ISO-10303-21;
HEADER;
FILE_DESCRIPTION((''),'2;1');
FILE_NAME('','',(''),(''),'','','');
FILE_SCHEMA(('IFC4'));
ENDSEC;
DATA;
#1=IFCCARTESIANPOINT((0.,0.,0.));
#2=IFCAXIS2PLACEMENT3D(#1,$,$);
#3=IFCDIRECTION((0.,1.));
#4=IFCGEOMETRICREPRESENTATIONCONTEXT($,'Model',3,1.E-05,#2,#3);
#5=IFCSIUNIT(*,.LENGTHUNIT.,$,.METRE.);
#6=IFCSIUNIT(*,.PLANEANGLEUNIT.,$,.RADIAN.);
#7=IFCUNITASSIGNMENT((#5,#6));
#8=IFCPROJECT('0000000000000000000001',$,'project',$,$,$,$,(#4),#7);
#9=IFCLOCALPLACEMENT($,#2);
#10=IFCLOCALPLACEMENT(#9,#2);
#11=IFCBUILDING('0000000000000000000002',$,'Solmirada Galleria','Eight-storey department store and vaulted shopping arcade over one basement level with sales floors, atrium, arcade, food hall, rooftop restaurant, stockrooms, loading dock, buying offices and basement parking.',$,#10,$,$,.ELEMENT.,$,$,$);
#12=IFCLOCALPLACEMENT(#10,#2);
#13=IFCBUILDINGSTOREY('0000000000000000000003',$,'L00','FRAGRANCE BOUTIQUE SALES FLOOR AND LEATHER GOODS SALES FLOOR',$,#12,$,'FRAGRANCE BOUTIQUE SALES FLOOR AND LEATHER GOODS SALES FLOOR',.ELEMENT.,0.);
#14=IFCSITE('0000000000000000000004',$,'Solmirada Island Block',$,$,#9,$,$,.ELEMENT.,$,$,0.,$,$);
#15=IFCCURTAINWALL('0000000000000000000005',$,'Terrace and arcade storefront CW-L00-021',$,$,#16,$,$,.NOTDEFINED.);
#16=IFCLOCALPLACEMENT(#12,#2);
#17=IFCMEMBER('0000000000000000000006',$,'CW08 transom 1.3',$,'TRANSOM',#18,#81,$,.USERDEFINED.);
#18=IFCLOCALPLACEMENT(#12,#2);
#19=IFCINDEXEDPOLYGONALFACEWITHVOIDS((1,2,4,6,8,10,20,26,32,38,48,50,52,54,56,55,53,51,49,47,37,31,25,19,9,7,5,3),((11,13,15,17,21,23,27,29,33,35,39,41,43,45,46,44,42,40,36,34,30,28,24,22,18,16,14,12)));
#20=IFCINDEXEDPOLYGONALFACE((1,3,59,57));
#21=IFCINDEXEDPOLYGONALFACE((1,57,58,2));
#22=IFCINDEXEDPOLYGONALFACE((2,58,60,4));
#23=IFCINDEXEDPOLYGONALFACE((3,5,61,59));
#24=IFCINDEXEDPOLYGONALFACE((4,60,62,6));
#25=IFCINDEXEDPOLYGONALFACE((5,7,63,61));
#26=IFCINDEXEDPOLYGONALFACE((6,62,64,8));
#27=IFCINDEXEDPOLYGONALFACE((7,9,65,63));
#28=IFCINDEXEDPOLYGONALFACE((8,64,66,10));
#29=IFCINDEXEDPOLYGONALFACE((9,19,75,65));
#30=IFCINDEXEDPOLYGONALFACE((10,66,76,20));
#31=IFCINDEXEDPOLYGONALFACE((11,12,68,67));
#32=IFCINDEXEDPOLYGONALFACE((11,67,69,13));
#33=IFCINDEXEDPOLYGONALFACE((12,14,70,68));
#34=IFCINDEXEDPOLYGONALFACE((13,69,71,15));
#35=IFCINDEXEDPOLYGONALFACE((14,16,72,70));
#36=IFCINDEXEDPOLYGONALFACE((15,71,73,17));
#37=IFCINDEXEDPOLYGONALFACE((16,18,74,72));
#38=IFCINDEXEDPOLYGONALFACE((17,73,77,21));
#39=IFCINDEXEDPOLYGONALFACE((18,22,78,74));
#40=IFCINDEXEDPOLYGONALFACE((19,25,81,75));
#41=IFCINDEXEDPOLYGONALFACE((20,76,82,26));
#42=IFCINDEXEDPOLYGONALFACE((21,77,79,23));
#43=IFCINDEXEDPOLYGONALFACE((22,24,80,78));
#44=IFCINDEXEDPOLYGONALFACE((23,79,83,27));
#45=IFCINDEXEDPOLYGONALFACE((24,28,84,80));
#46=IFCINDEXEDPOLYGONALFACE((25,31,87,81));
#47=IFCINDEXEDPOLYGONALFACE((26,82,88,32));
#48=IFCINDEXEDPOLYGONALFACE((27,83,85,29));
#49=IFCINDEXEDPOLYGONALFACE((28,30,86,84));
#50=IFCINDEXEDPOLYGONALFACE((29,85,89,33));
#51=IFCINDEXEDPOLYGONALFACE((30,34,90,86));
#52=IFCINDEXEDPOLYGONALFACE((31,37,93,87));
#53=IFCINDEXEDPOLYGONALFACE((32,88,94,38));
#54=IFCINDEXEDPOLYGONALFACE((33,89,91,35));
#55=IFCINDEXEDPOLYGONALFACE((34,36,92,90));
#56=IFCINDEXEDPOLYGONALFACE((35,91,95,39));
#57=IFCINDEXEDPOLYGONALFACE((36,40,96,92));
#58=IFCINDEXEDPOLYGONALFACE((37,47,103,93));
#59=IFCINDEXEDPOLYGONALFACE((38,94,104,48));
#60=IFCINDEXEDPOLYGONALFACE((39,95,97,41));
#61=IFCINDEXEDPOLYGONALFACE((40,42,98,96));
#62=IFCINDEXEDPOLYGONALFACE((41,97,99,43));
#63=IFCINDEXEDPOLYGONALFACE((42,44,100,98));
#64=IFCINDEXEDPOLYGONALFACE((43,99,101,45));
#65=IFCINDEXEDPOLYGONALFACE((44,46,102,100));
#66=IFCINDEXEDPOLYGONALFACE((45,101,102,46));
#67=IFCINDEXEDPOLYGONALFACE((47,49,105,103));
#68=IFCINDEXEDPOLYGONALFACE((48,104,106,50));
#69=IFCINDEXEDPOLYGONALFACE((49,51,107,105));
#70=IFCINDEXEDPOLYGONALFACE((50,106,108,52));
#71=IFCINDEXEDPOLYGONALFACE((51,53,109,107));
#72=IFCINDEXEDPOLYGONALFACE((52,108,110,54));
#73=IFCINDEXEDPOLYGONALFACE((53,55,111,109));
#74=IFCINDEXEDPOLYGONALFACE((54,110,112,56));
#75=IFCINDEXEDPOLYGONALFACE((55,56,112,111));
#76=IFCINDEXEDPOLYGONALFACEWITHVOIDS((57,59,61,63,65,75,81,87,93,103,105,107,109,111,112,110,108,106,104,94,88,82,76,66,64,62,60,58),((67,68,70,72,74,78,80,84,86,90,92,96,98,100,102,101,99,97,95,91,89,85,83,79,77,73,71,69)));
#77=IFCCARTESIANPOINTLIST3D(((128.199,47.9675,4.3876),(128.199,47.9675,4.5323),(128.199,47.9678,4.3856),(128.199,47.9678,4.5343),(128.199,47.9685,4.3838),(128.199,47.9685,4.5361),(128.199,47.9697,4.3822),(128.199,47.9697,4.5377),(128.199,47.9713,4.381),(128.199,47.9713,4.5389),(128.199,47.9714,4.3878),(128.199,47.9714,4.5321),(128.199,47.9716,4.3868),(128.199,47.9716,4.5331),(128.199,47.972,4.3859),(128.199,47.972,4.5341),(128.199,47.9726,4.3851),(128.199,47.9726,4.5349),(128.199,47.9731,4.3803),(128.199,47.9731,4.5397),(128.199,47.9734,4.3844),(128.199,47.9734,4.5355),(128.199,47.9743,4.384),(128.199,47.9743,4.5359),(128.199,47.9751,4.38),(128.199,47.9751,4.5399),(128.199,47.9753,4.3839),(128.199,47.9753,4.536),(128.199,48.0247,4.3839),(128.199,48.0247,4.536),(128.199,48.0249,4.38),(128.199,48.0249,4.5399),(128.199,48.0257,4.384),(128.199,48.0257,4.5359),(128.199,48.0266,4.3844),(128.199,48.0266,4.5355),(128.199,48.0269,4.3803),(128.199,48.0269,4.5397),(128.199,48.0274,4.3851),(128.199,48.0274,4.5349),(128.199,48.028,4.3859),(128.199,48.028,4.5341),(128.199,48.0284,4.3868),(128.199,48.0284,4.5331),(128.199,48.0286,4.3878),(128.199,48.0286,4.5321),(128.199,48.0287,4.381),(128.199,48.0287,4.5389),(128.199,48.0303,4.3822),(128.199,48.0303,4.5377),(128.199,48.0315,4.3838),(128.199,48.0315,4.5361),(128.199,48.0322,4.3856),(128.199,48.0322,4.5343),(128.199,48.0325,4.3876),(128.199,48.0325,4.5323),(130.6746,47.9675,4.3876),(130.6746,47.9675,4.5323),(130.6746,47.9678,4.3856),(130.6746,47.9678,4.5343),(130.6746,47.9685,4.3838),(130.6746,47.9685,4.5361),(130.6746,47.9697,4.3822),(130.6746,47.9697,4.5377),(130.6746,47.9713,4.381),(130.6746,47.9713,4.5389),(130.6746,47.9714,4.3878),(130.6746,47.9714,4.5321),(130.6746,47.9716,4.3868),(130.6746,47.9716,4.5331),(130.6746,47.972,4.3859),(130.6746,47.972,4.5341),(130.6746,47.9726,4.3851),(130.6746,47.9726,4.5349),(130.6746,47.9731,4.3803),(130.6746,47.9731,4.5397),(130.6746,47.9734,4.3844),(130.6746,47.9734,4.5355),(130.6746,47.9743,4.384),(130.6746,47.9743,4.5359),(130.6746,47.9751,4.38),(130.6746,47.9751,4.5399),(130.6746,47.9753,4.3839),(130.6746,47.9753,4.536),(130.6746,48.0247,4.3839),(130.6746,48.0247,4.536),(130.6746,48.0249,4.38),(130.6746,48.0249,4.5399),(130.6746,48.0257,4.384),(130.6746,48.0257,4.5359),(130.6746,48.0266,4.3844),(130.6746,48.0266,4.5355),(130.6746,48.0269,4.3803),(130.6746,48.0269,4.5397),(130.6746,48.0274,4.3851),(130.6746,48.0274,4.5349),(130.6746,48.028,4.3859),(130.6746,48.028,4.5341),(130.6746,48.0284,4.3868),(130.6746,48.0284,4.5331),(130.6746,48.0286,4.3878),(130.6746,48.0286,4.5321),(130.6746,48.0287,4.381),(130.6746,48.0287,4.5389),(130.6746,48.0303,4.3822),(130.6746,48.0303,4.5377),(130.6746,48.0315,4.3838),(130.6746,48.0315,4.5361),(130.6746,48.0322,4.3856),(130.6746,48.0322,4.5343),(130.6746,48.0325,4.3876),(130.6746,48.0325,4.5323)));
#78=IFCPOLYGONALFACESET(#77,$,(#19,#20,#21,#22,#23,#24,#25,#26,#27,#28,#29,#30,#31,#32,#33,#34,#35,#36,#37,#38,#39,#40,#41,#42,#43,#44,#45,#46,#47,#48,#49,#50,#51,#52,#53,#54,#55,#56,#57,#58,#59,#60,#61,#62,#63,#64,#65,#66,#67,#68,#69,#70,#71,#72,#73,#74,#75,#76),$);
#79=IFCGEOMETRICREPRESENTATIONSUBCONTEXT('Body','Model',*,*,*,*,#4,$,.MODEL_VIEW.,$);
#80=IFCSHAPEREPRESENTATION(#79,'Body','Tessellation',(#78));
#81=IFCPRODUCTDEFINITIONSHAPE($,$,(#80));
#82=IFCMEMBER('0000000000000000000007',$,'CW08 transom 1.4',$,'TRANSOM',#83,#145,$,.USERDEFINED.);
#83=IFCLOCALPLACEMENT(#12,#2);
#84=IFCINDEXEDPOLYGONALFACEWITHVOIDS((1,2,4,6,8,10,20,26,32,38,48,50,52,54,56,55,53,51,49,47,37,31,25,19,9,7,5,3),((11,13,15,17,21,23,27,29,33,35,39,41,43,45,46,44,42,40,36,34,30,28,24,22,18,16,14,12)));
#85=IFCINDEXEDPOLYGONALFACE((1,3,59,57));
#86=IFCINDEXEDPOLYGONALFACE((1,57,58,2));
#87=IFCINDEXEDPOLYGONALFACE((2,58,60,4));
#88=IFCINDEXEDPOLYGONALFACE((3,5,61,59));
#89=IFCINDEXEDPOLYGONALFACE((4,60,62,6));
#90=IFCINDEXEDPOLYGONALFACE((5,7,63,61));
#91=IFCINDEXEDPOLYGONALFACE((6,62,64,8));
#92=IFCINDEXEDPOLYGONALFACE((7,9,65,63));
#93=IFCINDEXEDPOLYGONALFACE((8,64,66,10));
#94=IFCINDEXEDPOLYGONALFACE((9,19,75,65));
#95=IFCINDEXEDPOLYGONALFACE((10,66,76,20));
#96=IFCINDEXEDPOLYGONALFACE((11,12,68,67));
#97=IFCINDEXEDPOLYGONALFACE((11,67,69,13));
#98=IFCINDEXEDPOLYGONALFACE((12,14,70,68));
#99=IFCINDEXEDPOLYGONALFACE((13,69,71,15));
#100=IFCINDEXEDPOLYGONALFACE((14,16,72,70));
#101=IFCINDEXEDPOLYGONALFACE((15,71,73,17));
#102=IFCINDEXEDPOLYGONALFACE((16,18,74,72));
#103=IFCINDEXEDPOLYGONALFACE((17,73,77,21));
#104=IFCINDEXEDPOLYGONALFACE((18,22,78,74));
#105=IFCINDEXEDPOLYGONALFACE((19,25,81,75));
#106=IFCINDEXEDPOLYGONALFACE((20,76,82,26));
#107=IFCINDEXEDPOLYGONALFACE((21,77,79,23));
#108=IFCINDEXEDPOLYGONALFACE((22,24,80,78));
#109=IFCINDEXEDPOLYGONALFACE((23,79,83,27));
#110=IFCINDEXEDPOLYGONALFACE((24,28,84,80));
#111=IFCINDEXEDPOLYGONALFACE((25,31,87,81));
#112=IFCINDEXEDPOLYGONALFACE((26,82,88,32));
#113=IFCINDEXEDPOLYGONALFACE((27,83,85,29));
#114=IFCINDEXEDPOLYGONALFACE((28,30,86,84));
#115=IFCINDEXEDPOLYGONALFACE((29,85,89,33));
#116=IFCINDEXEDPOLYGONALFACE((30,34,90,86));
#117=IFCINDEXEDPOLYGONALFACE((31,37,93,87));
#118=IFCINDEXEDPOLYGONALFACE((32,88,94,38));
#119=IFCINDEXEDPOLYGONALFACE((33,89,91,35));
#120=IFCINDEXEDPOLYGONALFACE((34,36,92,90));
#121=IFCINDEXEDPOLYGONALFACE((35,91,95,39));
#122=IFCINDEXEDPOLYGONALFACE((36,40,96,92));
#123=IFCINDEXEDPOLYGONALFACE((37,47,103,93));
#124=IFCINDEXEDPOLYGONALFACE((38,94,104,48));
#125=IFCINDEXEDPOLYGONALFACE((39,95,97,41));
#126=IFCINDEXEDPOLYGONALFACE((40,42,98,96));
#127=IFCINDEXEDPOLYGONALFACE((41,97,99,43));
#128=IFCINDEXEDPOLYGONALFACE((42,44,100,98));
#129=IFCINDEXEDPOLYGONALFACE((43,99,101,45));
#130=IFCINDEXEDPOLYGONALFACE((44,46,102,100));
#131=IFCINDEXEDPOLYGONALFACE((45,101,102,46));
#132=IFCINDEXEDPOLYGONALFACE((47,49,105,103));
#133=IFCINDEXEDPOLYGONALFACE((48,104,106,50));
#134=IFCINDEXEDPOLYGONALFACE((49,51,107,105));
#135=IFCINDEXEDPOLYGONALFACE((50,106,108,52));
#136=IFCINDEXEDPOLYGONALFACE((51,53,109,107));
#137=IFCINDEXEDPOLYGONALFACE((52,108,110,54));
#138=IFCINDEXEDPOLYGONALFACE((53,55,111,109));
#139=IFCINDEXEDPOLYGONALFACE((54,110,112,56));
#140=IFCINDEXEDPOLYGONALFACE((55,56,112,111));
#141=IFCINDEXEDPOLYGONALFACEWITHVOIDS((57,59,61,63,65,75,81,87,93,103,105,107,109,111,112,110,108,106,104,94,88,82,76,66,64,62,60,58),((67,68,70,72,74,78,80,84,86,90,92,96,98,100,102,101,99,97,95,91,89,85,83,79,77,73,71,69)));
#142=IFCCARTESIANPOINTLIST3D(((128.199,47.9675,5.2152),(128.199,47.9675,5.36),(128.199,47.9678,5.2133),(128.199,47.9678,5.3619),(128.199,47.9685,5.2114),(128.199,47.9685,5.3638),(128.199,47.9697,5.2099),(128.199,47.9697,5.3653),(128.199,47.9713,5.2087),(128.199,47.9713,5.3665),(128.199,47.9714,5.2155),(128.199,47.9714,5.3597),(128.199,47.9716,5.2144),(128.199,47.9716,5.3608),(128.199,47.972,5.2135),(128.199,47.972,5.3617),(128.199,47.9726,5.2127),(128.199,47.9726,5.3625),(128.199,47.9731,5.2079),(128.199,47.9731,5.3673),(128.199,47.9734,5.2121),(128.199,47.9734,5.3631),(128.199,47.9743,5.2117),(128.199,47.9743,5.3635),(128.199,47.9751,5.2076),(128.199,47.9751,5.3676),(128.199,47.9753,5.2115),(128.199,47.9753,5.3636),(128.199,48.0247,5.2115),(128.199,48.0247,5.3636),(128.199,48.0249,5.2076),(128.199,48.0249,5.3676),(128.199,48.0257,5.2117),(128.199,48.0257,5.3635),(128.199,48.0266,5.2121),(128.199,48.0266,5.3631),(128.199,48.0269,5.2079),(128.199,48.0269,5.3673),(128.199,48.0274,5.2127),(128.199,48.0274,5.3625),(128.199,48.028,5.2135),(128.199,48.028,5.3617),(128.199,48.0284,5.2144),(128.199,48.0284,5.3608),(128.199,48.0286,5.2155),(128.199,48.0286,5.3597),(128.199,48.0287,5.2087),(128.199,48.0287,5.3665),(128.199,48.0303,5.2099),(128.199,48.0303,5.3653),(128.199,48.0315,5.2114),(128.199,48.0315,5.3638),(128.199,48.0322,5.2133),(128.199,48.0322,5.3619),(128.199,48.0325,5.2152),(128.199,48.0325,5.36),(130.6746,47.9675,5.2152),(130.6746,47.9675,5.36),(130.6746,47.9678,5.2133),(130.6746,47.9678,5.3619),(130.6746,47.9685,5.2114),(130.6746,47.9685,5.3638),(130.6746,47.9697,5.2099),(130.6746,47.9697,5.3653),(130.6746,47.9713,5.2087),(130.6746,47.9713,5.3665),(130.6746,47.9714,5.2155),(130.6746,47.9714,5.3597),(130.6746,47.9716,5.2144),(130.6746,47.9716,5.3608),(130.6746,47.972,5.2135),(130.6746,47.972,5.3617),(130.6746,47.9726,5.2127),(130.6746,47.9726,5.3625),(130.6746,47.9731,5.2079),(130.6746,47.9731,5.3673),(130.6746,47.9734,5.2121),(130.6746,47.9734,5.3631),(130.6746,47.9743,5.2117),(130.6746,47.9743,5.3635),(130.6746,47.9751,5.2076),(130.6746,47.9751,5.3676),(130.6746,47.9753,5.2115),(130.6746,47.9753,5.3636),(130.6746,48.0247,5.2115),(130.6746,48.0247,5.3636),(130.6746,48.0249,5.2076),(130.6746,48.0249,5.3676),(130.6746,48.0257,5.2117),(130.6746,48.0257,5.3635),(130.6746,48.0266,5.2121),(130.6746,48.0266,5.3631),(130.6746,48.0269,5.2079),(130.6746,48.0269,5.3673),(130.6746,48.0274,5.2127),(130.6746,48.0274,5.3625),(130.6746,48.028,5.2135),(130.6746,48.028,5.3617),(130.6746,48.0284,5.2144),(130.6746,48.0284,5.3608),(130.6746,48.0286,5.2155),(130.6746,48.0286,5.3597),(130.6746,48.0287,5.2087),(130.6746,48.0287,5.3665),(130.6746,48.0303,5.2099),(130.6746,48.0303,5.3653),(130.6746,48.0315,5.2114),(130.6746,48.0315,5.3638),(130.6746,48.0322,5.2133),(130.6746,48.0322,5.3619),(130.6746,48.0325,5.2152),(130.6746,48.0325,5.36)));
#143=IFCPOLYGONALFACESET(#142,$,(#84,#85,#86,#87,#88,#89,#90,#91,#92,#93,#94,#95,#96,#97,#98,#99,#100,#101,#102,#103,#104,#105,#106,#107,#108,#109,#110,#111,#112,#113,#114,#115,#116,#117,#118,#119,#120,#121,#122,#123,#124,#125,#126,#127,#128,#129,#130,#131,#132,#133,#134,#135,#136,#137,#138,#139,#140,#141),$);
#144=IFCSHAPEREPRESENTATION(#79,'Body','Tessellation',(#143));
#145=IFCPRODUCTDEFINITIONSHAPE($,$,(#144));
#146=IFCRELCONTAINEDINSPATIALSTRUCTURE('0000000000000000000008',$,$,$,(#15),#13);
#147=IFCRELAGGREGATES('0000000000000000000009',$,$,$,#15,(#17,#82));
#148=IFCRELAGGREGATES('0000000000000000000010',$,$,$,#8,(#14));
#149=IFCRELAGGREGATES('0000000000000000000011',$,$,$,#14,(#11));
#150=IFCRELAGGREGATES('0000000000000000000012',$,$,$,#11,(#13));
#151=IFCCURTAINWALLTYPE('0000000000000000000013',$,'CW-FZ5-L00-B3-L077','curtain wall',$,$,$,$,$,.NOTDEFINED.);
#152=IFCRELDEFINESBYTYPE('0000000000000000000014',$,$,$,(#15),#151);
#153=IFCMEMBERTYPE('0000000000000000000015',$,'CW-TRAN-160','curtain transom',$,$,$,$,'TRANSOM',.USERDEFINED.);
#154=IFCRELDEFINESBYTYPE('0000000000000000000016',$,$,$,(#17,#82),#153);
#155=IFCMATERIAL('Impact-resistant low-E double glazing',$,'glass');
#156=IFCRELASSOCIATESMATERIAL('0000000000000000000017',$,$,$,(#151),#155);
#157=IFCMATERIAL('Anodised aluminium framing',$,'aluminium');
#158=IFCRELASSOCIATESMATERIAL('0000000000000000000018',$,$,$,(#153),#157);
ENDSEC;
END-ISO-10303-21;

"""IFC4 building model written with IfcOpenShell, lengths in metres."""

from ifc_helpers import new_model, si_unit, direction, frame, origin, origin_2d, place, context, subcontext, project, spatial, hollow_rectangle, extrude, material, material_profile, profile_set, type_object, element, aggregate, save


model = new_model("IFC4")

# Units and contexts
model_context = context("Model", 3, precision=1e-05, world=origin(), true_north=direction((0.0, 1.0)))
body_context = subcontext(model_context, "Body", "Model", "MODEL_VIEW")
ifc_project = project(units=[si_unit("LENGTHUNIT", "METRE"), si_unit("PLANEANGLEUNIT", "RADIAN")], contexts=[model_context])

# Site, building, storey
site_placement = place(None, origin())
site = spatial("IfcSite", under=ifc_project, at=site_placement, Name="Solmirada Island Block", CompositionType="ELEMENT", RefElevation=0.0)
building_placement = place(site_placement, origin())
building = spatial("IfcBuilding", under=site, at=building_placement, Name="Solmirada Galleria", Description="Eight-storey department store and vaulted shopping arcade over one basement level with sales floors, atrium, arcade, food hall, rooftop restaurant, stockrooms, loading dock, buying offices and basement parking.", CompositionType="ELEMENT")
storey_placement = place(building_placement, origin())
storey = spatial("IfcBuildingStorey", under=building, at=storey_placement, Name="L00", Description="FRAGRANCE BOUTIQUE SALES FLOOR AND LEATHER GOODS SALES FLOOR", LongName="FRAGRANCE BOUTIQUE SALES FLOOR AND LEATHER GOODS SALES FLOOR", CompositionType="ELEMENT", Elevation=0.0)

# Curtain wall
ifc_material_1 = material(Name="Impact-resistant low-E double glazing", Category="glass")
curtain_wall_type = type_object("IfcCurtainWallType", Name="CW-FZ5-L00-B3-L077", Description="curtain wall", PredefinedType="NOTDEFINED", material=ifc_material_1)
curtain_wall_1_placement = place(storey_placement, origin())
curtain_wall_1 = element("IfcCurtainWall", 1, at=curtain_wall_1_placement, inside=storey, type_object=curtain_wall_type, Name="Terrace and arcade storefront CW-L00-021", PredefinedType="NOTDEFINED")
ifc_material_2 = material(Name="Anodised aluminium framing", Category="aluminium")

# Members
ifc_material_profile_1 = material_profile(ifc_material_2, hollow_rectangle(XDim=0.0649, YDim=0.1599, WallThickness=0.0039, InnerFilletRadius=0.0039, OuterFilletRadius=0.0076, at=origin_2d()), Name="ALU-TRAN-160X65")
ifc_profile_set_1 = profile_set([ifc_material_profile_1], Name="Anodised aluminium framing")
member_type_1 = type_object("IfcMemberType", Name="CW-TRAN-160", Description="curtain transom", ElementType="TRANSOM", PredefinedType="USERDEFINED", material=ifc_profile_set_1)
member_1_placement = place(storey_placement, frame((128.199, 48.0, 4.46), z_axis=(1.0, 0.0, 0.0), x_axis=(0.0, 1.0, 0.0)))
member_1 = element("IfcMember", 2, at=member_1_placement, type_object=member_type_1, Name="CW08 transom 1.3", ObjectType="TRANSOM", PredefinedType="USERDEFINED", context=body_context, shape_type="SweptSolid", body=[
    extrude(hollow_rectangle(XDim=0.0649, YDim=0.1599, WallThickness=0.0039, InnerFilletRadius=0.0039, OuterFilletRadius=0.0076, at=origin_2d()), origin(), (0.0, 0.0, 1.0), 2.4756),
])
member_2_placement = place(storey_placement, frame((128.199, 48.0, 5.2876), z_axis=(1.0, 0.0, 0.0), x_axis=(0.0, 1.0, 0.0)))
member_2 = element("IfcMember", 3, at=member_2_placement, type_object=member_type_1, Name="CW08 transom 1.4", ObjectType="TRANSOM", PredefinedType="USERDEFINED", context=body_context, shape_type="SweptSolid", body=[
    extrude(hollow_rectangle(XDim=0.0649, YDim=0.1599, WallThickness=0.0039, InnerFilletRadius=0.0039, OuterFilletRadius=0.0076, at=origin_2d()), origin(), (0.0, 0.0, 1.0), 2.4756),
])

aggregate(curtain_wall_1, [member_1, member_2])

save(model, "model.ifc")
